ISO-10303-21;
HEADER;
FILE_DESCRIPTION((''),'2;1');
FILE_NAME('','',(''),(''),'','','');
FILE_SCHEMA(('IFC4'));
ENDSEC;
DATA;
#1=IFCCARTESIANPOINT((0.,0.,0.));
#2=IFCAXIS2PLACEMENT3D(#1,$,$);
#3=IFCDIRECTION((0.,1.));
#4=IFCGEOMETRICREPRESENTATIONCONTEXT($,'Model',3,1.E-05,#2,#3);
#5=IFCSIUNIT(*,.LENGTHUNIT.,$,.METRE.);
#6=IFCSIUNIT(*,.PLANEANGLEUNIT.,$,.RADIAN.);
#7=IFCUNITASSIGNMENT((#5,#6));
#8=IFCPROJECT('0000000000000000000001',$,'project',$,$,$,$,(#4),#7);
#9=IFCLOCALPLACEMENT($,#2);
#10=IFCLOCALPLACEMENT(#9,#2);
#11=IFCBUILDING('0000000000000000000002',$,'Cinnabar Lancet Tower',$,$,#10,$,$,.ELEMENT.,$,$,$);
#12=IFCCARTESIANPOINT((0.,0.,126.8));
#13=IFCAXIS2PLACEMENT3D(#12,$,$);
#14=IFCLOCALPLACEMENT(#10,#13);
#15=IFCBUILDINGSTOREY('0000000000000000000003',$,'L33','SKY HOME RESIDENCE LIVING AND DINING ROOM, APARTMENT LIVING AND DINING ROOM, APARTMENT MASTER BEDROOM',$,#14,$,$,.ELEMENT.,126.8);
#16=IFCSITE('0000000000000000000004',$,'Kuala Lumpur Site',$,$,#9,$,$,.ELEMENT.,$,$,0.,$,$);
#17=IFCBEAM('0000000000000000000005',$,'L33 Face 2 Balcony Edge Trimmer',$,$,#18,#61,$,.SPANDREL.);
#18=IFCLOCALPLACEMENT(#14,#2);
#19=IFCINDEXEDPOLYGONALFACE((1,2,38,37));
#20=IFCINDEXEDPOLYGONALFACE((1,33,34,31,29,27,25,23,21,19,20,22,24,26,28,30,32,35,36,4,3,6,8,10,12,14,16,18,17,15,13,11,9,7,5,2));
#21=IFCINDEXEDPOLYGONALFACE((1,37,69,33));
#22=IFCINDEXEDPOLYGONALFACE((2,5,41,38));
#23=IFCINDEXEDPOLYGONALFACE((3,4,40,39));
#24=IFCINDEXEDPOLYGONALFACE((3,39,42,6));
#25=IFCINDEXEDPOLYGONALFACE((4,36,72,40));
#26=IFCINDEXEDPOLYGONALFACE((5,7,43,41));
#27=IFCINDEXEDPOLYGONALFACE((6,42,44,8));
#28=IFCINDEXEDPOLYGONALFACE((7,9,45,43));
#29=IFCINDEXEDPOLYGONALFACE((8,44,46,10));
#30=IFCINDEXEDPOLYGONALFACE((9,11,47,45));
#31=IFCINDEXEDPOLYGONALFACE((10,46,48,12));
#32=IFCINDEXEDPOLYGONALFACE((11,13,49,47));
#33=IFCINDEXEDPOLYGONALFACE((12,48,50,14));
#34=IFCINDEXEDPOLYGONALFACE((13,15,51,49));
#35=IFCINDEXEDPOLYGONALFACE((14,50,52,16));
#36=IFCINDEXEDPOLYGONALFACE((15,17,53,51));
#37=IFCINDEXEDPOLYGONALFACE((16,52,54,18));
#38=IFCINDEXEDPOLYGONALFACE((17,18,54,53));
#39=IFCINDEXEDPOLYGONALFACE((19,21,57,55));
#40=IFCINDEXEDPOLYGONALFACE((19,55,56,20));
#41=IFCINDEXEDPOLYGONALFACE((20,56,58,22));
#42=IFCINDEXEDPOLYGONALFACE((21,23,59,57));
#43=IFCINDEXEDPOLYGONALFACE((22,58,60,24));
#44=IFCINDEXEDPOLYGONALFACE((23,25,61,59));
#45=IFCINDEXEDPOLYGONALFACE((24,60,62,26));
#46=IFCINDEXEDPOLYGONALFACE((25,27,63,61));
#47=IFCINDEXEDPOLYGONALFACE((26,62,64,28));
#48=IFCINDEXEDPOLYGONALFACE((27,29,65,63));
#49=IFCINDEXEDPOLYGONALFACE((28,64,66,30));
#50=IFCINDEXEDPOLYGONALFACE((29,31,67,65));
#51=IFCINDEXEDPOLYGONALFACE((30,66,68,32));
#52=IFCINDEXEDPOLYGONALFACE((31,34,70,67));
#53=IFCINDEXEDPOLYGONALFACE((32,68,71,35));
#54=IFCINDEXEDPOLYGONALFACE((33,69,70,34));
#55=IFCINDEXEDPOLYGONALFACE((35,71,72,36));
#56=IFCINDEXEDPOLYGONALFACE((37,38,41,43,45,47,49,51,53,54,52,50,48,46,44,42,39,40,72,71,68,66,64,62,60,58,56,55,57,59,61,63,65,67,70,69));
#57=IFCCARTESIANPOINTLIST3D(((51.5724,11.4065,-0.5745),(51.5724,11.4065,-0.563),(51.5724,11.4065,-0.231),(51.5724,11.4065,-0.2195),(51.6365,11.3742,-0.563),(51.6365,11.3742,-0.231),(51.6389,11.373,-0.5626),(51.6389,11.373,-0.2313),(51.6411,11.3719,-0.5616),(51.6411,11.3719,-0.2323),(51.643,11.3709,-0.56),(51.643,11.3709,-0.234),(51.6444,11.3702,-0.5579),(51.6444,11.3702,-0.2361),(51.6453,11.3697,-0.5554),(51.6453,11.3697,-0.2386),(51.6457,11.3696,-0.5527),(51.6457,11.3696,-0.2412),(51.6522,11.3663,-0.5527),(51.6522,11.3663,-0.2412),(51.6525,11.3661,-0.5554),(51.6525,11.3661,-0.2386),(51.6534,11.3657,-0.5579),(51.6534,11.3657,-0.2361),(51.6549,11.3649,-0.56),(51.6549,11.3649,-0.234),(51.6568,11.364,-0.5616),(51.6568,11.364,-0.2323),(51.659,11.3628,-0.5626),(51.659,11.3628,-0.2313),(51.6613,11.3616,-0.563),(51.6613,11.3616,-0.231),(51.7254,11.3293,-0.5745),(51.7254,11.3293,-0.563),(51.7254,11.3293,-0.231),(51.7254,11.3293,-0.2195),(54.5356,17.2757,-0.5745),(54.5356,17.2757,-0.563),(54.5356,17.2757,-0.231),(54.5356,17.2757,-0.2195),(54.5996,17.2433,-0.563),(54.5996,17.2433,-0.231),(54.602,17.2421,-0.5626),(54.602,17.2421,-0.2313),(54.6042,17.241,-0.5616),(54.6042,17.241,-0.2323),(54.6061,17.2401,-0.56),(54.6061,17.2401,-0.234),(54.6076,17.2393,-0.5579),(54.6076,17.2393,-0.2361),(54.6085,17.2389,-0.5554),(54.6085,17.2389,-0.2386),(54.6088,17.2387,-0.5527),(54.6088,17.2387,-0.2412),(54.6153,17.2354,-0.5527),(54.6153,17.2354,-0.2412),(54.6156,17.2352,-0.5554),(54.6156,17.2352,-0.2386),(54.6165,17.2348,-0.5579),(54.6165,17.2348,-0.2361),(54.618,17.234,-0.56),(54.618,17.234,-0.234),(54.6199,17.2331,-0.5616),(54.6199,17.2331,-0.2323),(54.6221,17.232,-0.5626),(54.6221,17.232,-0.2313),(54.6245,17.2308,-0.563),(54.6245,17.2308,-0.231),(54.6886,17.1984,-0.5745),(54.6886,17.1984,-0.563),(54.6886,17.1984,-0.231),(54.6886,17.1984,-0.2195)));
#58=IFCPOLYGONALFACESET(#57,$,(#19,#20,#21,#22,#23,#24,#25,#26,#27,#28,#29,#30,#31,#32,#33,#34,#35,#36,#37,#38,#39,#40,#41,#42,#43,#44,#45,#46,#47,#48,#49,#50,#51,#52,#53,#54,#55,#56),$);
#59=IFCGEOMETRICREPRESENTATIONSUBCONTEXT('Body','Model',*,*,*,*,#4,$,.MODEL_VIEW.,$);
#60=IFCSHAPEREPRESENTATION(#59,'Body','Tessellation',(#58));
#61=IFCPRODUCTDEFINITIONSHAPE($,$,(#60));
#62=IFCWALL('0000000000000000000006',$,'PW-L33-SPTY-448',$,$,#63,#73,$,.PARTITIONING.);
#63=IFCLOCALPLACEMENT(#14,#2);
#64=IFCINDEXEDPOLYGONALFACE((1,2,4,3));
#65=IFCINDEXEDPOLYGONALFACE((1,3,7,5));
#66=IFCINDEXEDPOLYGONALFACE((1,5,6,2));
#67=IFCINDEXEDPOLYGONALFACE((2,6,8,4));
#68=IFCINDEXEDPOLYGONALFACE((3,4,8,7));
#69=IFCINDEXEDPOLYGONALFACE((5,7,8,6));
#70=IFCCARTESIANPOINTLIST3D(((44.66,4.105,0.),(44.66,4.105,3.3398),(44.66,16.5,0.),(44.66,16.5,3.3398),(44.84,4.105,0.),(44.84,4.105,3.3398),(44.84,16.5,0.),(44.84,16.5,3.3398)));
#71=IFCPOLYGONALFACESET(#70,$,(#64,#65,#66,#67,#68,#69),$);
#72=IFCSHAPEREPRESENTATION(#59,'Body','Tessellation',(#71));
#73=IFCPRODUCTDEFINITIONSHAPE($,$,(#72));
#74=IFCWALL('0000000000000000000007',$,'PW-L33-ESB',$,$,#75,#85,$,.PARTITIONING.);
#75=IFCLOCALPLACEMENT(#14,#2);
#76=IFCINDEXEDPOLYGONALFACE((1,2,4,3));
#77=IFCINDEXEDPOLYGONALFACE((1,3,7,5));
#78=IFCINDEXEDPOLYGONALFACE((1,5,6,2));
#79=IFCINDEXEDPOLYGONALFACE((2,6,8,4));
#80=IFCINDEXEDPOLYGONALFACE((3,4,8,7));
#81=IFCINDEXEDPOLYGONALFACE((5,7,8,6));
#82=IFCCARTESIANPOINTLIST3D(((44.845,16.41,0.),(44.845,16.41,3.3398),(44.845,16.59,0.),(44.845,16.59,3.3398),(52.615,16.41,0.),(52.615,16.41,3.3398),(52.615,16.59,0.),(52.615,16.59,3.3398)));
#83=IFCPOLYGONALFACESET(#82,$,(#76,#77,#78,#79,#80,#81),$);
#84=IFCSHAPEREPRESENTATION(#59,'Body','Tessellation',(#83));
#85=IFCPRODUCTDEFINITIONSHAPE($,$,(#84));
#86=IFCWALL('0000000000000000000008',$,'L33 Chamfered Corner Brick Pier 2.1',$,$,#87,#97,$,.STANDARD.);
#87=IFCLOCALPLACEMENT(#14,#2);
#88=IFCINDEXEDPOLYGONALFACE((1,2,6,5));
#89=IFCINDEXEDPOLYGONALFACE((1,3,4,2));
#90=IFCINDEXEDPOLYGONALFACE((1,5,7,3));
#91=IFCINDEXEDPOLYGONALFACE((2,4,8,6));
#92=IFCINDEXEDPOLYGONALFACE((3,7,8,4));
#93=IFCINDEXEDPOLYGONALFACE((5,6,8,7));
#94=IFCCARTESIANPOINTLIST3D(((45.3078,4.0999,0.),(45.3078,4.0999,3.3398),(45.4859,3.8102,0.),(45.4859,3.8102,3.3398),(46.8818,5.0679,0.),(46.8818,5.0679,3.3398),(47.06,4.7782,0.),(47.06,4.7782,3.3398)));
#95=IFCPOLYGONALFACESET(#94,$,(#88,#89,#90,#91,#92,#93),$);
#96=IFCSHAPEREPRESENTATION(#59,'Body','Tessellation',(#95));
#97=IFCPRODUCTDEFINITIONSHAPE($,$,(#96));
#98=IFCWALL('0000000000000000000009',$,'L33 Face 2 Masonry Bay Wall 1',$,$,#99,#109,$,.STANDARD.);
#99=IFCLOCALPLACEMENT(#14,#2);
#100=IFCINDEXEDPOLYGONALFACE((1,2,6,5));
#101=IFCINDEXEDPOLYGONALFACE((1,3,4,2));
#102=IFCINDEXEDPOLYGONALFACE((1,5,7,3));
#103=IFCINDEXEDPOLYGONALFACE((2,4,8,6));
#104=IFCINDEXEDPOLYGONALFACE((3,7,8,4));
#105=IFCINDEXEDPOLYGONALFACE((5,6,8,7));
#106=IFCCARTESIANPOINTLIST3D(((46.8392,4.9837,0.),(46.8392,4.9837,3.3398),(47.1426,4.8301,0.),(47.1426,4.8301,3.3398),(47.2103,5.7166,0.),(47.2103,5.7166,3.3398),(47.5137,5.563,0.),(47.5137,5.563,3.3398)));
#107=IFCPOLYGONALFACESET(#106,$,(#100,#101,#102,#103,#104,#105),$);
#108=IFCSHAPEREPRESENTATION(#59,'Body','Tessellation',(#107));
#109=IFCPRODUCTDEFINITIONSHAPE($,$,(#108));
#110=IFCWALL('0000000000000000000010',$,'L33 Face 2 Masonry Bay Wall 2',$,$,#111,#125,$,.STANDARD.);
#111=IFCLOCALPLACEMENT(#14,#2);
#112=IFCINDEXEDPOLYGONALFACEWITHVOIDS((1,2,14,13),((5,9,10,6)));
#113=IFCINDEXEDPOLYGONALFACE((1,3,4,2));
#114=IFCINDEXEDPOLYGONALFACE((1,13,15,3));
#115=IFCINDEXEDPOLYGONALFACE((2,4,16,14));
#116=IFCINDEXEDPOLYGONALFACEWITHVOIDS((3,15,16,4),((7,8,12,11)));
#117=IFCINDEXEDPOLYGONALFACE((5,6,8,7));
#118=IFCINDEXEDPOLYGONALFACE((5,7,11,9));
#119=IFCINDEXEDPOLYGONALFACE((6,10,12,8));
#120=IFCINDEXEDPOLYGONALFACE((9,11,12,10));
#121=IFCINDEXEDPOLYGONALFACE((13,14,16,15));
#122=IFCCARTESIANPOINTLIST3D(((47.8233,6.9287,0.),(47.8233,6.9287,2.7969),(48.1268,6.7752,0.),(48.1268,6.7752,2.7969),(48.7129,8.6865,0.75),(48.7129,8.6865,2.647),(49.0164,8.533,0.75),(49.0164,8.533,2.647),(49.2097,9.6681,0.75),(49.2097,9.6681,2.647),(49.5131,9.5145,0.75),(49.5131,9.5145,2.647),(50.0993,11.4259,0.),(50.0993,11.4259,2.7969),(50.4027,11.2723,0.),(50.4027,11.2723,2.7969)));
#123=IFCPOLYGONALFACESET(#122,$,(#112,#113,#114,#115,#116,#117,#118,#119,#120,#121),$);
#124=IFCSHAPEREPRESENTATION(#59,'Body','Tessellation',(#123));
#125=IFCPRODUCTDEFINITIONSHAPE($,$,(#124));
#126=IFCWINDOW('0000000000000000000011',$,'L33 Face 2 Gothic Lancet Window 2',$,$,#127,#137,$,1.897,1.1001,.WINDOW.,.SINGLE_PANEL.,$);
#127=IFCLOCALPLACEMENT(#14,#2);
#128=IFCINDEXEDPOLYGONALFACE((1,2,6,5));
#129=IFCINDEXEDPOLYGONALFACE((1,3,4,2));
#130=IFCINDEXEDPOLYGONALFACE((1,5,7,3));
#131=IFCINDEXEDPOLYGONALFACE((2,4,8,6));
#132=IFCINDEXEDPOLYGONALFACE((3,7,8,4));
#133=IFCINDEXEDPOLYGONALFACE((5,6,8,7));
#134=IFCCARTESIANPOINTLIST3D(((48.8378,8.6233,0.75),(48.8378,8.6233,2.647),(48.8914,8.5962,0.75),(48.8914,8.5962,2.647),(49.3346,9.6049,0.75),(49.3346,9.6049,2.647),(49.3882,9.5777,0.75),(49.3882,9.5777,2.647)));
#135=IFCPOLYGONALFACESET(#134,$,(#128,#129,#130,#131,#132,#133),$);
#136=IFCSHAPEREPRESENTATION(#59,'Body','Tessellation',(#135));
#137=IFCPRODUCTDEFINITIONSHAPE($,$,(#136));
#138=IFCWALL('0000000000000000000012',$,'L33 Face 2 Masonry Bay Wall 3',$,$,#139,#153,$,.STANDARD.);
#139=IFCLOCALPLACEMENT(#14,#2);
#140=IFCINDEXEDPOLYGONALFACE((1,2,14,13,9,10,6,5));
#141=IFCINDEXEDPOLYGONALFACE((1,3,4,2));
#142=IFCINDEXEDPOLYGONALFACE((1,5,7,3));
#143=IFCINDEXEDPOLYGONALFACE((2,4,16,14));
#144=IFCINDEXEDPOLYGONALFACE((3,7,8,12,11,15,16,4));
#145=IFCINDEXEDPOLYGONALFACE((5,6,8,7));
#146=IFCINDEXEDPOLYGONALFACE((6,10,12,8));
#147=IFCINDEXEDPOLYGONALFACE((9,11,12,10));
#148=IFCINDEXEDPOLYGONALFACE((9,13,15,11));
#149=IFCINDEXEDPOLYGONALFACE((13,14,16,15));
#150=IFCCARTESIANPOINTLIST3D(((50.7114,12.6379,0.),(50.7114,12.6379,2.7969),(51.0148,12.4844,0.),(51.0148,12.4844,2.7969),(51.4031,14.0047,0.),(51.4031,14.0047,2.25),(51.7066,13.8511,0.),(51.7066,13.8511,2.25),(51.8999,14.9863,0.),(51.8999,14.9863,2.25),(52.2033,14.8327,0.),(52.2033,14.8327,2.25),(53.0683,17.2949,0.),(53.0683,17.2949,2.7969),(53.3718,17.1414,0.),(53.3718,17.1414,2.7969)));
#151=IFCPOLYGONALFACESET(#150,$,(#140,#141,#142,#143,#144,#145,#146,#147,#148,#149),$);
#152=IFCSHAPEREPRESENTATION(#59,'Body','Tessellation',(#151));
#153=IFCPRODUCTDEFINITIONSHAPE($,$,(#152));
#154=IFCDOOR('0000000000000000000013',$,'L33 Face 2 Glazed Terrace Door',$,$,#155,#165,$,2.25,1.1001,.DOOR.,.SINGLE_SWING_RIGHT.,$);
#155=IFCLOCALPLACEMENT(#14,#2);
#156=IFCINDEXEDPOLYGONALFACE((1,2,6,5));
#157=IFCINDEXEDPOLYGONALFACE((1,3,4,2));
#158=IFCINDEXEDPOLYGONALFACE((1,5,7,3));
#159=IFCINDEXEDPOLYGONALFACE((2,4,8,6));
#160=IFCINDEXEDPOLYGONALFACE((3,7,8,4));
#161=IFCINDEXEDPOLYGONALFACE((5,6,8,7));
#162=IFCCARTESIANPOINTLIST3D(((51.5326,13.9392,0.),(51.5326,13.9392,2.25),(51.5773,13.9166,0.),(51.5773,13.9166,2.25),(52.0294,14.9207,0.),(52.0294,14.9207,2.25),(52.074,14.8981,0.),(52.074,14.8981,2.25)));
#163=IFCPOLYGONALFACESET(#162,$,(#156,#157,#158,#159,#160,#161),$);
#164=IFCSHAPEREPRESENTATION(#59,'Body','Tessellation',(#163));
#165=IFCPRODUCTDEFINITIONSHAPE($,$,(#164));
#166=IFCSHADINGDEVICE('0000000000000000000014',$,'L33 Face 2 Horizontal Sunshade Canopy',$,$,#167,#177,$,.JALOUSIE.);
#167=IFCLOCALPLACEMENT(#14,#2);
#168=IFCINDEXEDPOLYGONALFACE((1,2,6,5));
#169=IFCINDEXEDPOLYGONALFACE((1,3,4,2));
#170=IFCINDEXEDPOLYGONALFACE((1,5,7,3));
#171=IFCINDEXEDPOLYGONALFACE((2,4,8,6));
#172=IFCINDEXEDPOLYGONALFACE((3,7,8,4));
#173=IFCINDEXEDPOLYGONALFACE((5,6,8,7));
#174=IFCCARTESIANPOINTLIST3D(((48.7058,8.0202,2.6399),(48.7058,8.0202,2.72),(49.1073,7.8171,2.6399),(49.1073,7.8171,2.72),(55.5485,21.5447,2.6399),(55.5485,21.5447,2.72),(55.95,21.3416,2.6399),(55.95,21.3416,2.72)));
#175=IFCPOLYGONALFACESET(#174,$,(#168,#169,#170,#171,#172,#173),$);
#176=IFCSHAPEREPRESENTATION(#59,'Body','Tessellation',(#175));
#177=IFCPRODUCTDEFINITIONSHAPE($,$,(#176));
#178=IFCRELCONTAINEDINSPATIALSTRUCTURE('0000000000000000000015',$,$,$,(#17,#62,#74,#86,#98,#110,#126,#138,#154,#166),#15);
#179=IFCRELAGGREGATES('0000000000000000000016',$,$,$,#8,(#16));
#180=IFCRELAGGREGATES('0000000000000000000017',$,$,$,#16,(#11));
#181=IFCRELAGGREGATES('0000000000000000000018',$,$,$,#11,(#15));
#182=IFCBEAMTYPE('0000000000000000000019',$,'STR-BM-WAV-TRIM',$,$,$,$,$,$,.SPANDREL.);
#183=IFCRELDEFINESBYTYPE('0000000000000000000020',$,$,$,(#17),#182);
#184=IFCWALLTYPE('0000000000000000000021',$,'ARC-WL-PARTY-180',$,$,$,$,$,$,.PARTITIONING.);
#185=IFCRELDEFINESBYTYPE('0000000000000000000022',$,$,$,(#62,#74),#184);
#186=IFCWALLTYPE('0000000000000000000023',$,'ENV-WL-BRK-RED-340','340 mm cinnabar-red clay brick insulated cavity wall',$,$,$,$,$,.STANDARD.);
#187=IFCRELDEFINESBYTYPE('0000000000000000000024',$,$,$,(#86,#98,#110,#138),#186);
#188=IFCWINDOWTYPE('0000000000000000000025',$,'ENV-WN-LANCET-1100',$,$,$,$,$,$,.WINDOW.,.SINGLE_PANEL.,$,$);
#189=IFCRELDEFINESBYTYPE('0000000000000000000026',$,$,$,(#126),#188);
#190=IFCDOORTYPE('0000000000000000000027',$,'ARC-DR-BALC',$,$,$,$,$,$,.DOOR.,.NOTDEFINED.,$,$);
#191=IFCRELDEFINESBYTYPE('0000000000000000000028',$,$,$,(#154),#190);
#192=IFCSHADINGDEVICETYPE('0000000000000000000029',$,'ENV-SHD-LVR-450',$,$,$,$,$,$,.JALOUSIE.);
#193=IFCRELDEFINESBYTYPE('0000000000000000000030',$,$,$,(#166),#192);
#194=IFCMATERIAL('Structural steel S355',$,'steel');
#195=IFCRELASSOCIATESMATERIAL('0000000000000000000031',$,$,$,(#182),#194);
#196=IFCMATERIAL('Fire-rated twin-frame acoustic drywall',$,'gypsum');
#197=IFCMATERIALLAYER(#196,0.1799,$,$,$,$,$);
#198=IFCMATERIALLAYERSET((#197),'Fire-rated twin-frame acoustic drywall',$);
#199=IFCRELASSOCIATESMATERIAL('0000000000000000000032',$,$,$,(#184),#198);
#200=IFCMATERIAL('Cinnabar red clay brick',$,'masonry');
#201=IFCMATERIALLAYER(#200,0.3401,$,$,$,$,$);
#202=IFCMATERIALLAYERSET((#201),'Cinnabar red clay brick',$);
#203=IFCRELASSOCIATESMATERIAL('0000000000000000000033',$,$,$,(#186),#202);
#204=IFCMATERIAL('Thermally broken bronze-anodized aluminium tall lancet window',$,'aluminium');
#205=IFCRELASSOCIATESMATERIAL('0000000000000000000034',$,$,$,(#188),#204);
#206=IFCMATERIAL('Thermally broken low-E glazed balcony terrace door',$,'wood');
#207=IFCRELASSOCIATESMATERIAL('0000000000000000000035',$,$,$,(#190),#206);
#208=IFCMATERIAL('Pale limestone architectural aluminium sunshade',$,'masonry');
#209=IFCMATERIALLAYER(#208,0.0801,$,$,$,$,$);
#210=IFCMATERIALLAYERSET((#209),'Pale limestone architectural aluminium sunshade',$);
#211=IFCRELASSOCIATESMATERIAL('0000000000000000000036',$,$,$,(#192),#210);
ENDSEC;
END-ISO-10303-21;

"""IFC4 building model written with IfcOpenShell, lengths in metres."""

from ifc_helpers import new_model, si_unit, direction, frame, frame_2d, origin, origin_2d, place, context, subcontext, project, spatial, rectangle, i_section, extrude, material, layer, layer_set, material_profile, profile_set, type_object, element, fill, save


model = new_model("IFC4")

# Units and contexts
model_context = context("Model", 3, precision=1e-05, world=origin(), true_north=direction((0.0, 1.0)))
body_context = subcontext(model_context, "Body", "Model", "MODEL_VIEW")
ifc_project = project(units=[si_unit("LENGTHUNIT", "METRE"), si_unit("PLANEANGLEUNIT", "RADIAN")], contexts=[model_context])

# Site, building, storey
site_placement = place(None, origin())
site = spatial("IfcSite", under=ifc_project, at=site_placement, Name="Kuala Lumpur Site", CompositionType="ELEMENT", RefElevation=0.0)
building_placement = place(site_placement, origin())
building = spatial("IfcBuilding", under=site, at=building_placement, Name="Cinnabar Lancet Tower", CompositionType="ELEMENT")
storey_placement = place(building_placement, frame((0.0, 0.0, 126.8)))
storey = spatial("IfcBuildingStorey", under=building, at=storey_placement, Name="L33", Description="SKY HOME RESIDENCE LIVING AND DINING ROOM, APARTMENT LIVING AND DINING ROOM, APARTMENT MASTER BEDROOM", CompositionType="ELEMENT", Elevation=126.8)

# Beam
ifc_material_1 = material(Name="Structural steel S355", Category="steel")
ifc_material_profile_1 = material_profile(ifc_material_1, i_section(OverallWidth=0.1714, OverallDepth=0.355, WebThickness=0.0073, FlangeThickness=0.0115, FilletRadius=0.0103, at=origin_2d()), Name="UKB 356x171x51")
ifc_profile_set_1 = profile_set([ifc_material_profile_1], Name="Structural steel S355")
beam_type_1 = type_object("IfcBeamType", Name="STR-BM-WAV-TRIM", PredefinedType="SPANDREL", material=ifc_profile_set_1)
beam_1_placement = place(storey_placement, frame((51.6489, 11.3679, -0.397), z_axis=(0.450686, 0.892683, 0.0), x_axis=(-0.892683, 0.450686, 0.0)))
element("IfcBeam", 1, at=beam_1_placement, inside=storey, type_object=beam_type_1, Name="L33 Face 2 Balcony Edge Trimmer", PredefinedType="SPANDREL", context=body_context, shape_type="SweptSolid", body=[
    extrude(i_section(OverallWidth=0.1714, OverallDepth=0.355, WebThickness=0.0073, FlangeThickness=0.0115, FilletRadius=0.0103, at=origin_2d()), origin(), (0.0, 0.0, 1.0), 6.5747),
])

# Walls
ifc_material_2 = material(Name="Fire-rated twin-frame acoustic drywall", Category="gypsum")
ifc_layer_1 = layer(ifc_material_2, 0.1799)
ifc_layer_set_1 = layer_set([ifc_layer_1], Name="Fire-rated twin-frame acoustic drywall")
wall_type_1 = type_object("IfcWallType", Name="ARC-WL-PARTY-180", PredefinedType="PARTITIONING", material=ifc_layer_set_1)
wall_1_placement = place(storey_placement, frame((44.75, 4.105, 0.0), z_axis=(0.0, 0.0, 1.0), x_axis=(0.0, 1.0, 0.0)))
element("IfcWall", 2, at=wall_1_placement, inside=storey, type_object=wall_type_1, Name="PW-L33-SPTY-448", PredefinedType="PARTITIONING", context=body_context, shape_type="SweptSolid", body=[
    extrude(rectangle(XDim=12.395, YDim=0.1799, at=frame_2d((6.1975, 0.0))), origin(), (0.0, 0.0, 1.0), 3.3398),
])
wall_2_placement = place(storey_placement, frame((44.845, 16.5, 0.0), z_axis=(0.0, 0.0, 1.0), x_axis=(1.0, 0.0, 0.0)))
element("IfcWall", 3, at=wall_2_placement, inside=storey, type_object=wall_type_1, Name="PW-L33-ESB", PredefinedType="PARTITIONING", context=body_context, shape_type="SweptSolid", body=[
    extrude(rectangle(XDim=7.77, YDim=0.1799, at=frame_2d((3.885, 0.0))), origin(), (0.0, 0.0, 1.0), 3.3398),
])
ifc_material_3 = material(Name="Cinnabar red clay brick", Category="masonry")
ifc_layer_2 = layer(ifc_material_3, 0.3401)
ifc_layer_set_2 = layer_set([ifc_layer_2], Name="Cinnabar red clay brick")
wall_type_2 = type_object("IfcWallType", Name="ENV-WL-BRK-RED-340", Description="340 mm cinnabar-red clay brick insulated cavity wall", PredefinedType="STANDARD", material=ifc_layer_set_2)
wall_3_placement = place(storey_placement, frame((45.397, 3.9551, 0.0), z_axis=(0.0, 0.0, 1.0), x_axis=(0.851799, 0.523869, 0.0)))
element("IfcWall", 4, at=wall_3_placement, inside=storey, type_object=wall_type_2, Name="L33 Chamfered Corner Brick Pier 2.1", PredefinedType="STANDARD", context=body_context, shape_type="SweptSolid", body=[
    extrude(rectangle(XDim=1.8479, YDim=0.3401, at=frame_2d((0.9238, 0.0))), origin(), (0.0, 0.0, 1.0), 3.3398),
])
wall_4_placement = place(storey_placement, frame((46.991, 4.907, 0.0), z_axis=(0.0, 0.0, 1.0), x_axis=(0.451725, 0.892157, 0.0)))
element("IfcWall", 5, at=wall_4_placement, inside=storey, type_object=wall_type_2, Name="L33 Face 2 Masonry Bay Wall 1", PredefinedType="STANDARD", context=body_context, shape_type="SweptSolid", body=[
    extrude(rectangle(XDim=0.8215, YDim=0.3401, at=frame_2d((0.4106, 0.0))), origin(), (0.0, 0.0, 1.0), 3.3398),
])

# Wall, opening, window
wall_5_placement = place(storey_placement, frame((47.9751, 6.8521, 0.0), z_axis=(0.0, 0.0, 1.0), x_axis=(0.451548, 0.892247, 0.0)))
wall_5 = element("IfcWall", 6, at=wall_5_placement, inside=storey, type_object=wall_type_2, Name="L33 Face 2 Masonry Bay Wall 2", PredefinedType="STANDARD", context=body_context, shape_type="SweptSolid", body=[
    extrude(rectangle(XDim=5.0403, YDim=0.3401, at=frame_2d((2.52, 0.0))), origin(), (0.0, 0.0, 1.0), 2.7969),
])
opening_1_placement = place(wall_5_placement, frame((1.97, 0.0, 0.75)))
opening_1 = element("IfcOpeningElement", 7, at=opening_1_placement, cuts=wall_5, PredefinedType="OPENING", context=body_context, shape_type="SweptSolid", body=[
    extrude(rectangle(XDim=1.1001, YDim=1.897, at=frame_2d((0.55, 0.9485))), frame((0.0, 0.1799, 0.0), z_axis=(0.0, -1.0, 0.0), x_axis=(1.0, 0.0, 0.0)), (0.0, 0.0, 1.0), 0.3601),
])
ifc_material_4 = material(Name="Thermally broken bronze-anodized aluminium tall lancet window", Category="aluminium")
window_type = type_object("IfcWindowType", Name="ENV-WN-LANCET-1100", PartitioningType="SINGLE_PANEL", PredefinedType="WINDOW", material=ifc_material_4)
window_placement = place(opening_1_placement, origin())
window = element("IfcWindow", 8, at=window_placement, inside=storey, type_object=window_type, Name="L33 Face 2 Gothic Lancet Window 2", OverallHeight=1.897, OverallWidth=1.1001, PartitioningType="SINGLE_PANEL", PredefinedType="WINDOW", context=body_context, shape_type="SweptSolid", body=[
    extrude(rectangle(XDim=1.1001, YDim=1.897, at=frame_2d((0.55, 0.9485))), frame((0.0, 0.03, 0.0), z_axis=(0.0, -1.0, 0.0), x_axis=(1.0, 0.0, 0.0)), (0.0, 0.0, 1.0), 0.0601),
])
fill(opening_1, window)

# Wall, opening, door
wall_6_placement = place(storey_placement, frame((50.863, 12.561, 0.0), z_axis=(0.0, 0.0, 1.0), x_axis=(0.451568, 0.892237, 0.0)))
wall_6 = element("IfcWall", 9, at=wall_6_placement, inside=storey, type_object=wall_type_2, Name="L33 Face 2 Masonry Bay Wall 3", PredefinedType="STANDARD", context=body_context, shape_type="SweptSolid", body=[
    extrude(rectangle(XDim=5.2195, YDim=0.3401, at=frame_2d((2.6099, 0.0))), origin(), (0.0, 0.0, 1.0), 2.7969),
])
opening_2_placement = place(wall_6_placement, frame((1.532, 0.0, 0.0)))
opening_2 = element("IfcOpeningElement", 10, at=opening_2_placement, cuts=wall_6, PredefinedType="OPENING", context=body_context, shape_type="SweptSolid", body=[
    extrude(rectangle(XDim=1.1001, YDim=2.25, at=frame_2d((0.55, 1.125))), frame((0.0, 0.1799, 0.0), z_axis=(0.0, -1.0, 0.0), x_axis=(1.0, 0.0, 0.0)), (0.0, 0.0, 1.0), 0.3601),
])
ifc_material_5 = material(Name="Thermally broken low-E glazed balcony terrace door", Category="wood")
door_type = type_object("IfcDoorType", Name="ARC-DR-BALC", OperationType="NOTDEFINED", PredefinedType="DOOR", material=ifc_material_5)
door_placement = place(opening_2_placement, origin())
door = element("IfcDoor", 11, at=door_placement, inside=storey, type_object=door_type, Name="L33 Face 2 Glazed Terrace Door", OperationType="SINGLE_SWING_RIGHT", OverallHeight=2.25, OverallWidth=1.1001, PredefinedType="DOOR", context=body_context, shape_type="SweptSolid", body=[
    extrude(rectangle(XDim=1.1001, YDim=2.25, at=frame_2d((0.55, 1.125))), frame((0.0, 0.0249, 0.0), z_axis=(0.0, -1.0, 0.0), x_axis=(1.0, 0.0, 0.0)), (0.0, 0.0, 1.0), 0.05),
])
fill(opening_2, door)

# Shading device
ifc_material_6 = material(Name="Pale limestone architectural aluminium sunshade", Category="masonry")
ifc_layer_3 = layer(ifc_material_6, 0.0801)
ifc_layer_set_3 = layer_set([ifc_layer_3], Name="Pale limestone architectural aluminium sunshade")
shading_device_type = type_object("IfcShadingDeviceType", Name="ENV-SHD-LVR-450", PredefinedType="JALOUSIE", material=ifc_layer_set_3)
shading_device_placement = place(storey_placement, frame((52.3279, 14.6809, 2.6399), z_axis=(0.0, 0.0, 1.0), x_axis=(0.451454, 0.892294, 0.0)))
element("IfcShadingDevice", 12, at=shading_device_placement, inside=storey, type_object=shading_device_type, Name="L33 Face 2 Horizontal Sunshade Canopy", PredefinedType="JALOUSIE", context=body_context, shape_type="SweptSolid", body=[
    extrude(rectangle(XDim=15.157, YDim=0.45, at=origin_2d()), origin(), (0.0, 0.0, 1.0), 0.0801),
])

save(model, "model.ifc")
